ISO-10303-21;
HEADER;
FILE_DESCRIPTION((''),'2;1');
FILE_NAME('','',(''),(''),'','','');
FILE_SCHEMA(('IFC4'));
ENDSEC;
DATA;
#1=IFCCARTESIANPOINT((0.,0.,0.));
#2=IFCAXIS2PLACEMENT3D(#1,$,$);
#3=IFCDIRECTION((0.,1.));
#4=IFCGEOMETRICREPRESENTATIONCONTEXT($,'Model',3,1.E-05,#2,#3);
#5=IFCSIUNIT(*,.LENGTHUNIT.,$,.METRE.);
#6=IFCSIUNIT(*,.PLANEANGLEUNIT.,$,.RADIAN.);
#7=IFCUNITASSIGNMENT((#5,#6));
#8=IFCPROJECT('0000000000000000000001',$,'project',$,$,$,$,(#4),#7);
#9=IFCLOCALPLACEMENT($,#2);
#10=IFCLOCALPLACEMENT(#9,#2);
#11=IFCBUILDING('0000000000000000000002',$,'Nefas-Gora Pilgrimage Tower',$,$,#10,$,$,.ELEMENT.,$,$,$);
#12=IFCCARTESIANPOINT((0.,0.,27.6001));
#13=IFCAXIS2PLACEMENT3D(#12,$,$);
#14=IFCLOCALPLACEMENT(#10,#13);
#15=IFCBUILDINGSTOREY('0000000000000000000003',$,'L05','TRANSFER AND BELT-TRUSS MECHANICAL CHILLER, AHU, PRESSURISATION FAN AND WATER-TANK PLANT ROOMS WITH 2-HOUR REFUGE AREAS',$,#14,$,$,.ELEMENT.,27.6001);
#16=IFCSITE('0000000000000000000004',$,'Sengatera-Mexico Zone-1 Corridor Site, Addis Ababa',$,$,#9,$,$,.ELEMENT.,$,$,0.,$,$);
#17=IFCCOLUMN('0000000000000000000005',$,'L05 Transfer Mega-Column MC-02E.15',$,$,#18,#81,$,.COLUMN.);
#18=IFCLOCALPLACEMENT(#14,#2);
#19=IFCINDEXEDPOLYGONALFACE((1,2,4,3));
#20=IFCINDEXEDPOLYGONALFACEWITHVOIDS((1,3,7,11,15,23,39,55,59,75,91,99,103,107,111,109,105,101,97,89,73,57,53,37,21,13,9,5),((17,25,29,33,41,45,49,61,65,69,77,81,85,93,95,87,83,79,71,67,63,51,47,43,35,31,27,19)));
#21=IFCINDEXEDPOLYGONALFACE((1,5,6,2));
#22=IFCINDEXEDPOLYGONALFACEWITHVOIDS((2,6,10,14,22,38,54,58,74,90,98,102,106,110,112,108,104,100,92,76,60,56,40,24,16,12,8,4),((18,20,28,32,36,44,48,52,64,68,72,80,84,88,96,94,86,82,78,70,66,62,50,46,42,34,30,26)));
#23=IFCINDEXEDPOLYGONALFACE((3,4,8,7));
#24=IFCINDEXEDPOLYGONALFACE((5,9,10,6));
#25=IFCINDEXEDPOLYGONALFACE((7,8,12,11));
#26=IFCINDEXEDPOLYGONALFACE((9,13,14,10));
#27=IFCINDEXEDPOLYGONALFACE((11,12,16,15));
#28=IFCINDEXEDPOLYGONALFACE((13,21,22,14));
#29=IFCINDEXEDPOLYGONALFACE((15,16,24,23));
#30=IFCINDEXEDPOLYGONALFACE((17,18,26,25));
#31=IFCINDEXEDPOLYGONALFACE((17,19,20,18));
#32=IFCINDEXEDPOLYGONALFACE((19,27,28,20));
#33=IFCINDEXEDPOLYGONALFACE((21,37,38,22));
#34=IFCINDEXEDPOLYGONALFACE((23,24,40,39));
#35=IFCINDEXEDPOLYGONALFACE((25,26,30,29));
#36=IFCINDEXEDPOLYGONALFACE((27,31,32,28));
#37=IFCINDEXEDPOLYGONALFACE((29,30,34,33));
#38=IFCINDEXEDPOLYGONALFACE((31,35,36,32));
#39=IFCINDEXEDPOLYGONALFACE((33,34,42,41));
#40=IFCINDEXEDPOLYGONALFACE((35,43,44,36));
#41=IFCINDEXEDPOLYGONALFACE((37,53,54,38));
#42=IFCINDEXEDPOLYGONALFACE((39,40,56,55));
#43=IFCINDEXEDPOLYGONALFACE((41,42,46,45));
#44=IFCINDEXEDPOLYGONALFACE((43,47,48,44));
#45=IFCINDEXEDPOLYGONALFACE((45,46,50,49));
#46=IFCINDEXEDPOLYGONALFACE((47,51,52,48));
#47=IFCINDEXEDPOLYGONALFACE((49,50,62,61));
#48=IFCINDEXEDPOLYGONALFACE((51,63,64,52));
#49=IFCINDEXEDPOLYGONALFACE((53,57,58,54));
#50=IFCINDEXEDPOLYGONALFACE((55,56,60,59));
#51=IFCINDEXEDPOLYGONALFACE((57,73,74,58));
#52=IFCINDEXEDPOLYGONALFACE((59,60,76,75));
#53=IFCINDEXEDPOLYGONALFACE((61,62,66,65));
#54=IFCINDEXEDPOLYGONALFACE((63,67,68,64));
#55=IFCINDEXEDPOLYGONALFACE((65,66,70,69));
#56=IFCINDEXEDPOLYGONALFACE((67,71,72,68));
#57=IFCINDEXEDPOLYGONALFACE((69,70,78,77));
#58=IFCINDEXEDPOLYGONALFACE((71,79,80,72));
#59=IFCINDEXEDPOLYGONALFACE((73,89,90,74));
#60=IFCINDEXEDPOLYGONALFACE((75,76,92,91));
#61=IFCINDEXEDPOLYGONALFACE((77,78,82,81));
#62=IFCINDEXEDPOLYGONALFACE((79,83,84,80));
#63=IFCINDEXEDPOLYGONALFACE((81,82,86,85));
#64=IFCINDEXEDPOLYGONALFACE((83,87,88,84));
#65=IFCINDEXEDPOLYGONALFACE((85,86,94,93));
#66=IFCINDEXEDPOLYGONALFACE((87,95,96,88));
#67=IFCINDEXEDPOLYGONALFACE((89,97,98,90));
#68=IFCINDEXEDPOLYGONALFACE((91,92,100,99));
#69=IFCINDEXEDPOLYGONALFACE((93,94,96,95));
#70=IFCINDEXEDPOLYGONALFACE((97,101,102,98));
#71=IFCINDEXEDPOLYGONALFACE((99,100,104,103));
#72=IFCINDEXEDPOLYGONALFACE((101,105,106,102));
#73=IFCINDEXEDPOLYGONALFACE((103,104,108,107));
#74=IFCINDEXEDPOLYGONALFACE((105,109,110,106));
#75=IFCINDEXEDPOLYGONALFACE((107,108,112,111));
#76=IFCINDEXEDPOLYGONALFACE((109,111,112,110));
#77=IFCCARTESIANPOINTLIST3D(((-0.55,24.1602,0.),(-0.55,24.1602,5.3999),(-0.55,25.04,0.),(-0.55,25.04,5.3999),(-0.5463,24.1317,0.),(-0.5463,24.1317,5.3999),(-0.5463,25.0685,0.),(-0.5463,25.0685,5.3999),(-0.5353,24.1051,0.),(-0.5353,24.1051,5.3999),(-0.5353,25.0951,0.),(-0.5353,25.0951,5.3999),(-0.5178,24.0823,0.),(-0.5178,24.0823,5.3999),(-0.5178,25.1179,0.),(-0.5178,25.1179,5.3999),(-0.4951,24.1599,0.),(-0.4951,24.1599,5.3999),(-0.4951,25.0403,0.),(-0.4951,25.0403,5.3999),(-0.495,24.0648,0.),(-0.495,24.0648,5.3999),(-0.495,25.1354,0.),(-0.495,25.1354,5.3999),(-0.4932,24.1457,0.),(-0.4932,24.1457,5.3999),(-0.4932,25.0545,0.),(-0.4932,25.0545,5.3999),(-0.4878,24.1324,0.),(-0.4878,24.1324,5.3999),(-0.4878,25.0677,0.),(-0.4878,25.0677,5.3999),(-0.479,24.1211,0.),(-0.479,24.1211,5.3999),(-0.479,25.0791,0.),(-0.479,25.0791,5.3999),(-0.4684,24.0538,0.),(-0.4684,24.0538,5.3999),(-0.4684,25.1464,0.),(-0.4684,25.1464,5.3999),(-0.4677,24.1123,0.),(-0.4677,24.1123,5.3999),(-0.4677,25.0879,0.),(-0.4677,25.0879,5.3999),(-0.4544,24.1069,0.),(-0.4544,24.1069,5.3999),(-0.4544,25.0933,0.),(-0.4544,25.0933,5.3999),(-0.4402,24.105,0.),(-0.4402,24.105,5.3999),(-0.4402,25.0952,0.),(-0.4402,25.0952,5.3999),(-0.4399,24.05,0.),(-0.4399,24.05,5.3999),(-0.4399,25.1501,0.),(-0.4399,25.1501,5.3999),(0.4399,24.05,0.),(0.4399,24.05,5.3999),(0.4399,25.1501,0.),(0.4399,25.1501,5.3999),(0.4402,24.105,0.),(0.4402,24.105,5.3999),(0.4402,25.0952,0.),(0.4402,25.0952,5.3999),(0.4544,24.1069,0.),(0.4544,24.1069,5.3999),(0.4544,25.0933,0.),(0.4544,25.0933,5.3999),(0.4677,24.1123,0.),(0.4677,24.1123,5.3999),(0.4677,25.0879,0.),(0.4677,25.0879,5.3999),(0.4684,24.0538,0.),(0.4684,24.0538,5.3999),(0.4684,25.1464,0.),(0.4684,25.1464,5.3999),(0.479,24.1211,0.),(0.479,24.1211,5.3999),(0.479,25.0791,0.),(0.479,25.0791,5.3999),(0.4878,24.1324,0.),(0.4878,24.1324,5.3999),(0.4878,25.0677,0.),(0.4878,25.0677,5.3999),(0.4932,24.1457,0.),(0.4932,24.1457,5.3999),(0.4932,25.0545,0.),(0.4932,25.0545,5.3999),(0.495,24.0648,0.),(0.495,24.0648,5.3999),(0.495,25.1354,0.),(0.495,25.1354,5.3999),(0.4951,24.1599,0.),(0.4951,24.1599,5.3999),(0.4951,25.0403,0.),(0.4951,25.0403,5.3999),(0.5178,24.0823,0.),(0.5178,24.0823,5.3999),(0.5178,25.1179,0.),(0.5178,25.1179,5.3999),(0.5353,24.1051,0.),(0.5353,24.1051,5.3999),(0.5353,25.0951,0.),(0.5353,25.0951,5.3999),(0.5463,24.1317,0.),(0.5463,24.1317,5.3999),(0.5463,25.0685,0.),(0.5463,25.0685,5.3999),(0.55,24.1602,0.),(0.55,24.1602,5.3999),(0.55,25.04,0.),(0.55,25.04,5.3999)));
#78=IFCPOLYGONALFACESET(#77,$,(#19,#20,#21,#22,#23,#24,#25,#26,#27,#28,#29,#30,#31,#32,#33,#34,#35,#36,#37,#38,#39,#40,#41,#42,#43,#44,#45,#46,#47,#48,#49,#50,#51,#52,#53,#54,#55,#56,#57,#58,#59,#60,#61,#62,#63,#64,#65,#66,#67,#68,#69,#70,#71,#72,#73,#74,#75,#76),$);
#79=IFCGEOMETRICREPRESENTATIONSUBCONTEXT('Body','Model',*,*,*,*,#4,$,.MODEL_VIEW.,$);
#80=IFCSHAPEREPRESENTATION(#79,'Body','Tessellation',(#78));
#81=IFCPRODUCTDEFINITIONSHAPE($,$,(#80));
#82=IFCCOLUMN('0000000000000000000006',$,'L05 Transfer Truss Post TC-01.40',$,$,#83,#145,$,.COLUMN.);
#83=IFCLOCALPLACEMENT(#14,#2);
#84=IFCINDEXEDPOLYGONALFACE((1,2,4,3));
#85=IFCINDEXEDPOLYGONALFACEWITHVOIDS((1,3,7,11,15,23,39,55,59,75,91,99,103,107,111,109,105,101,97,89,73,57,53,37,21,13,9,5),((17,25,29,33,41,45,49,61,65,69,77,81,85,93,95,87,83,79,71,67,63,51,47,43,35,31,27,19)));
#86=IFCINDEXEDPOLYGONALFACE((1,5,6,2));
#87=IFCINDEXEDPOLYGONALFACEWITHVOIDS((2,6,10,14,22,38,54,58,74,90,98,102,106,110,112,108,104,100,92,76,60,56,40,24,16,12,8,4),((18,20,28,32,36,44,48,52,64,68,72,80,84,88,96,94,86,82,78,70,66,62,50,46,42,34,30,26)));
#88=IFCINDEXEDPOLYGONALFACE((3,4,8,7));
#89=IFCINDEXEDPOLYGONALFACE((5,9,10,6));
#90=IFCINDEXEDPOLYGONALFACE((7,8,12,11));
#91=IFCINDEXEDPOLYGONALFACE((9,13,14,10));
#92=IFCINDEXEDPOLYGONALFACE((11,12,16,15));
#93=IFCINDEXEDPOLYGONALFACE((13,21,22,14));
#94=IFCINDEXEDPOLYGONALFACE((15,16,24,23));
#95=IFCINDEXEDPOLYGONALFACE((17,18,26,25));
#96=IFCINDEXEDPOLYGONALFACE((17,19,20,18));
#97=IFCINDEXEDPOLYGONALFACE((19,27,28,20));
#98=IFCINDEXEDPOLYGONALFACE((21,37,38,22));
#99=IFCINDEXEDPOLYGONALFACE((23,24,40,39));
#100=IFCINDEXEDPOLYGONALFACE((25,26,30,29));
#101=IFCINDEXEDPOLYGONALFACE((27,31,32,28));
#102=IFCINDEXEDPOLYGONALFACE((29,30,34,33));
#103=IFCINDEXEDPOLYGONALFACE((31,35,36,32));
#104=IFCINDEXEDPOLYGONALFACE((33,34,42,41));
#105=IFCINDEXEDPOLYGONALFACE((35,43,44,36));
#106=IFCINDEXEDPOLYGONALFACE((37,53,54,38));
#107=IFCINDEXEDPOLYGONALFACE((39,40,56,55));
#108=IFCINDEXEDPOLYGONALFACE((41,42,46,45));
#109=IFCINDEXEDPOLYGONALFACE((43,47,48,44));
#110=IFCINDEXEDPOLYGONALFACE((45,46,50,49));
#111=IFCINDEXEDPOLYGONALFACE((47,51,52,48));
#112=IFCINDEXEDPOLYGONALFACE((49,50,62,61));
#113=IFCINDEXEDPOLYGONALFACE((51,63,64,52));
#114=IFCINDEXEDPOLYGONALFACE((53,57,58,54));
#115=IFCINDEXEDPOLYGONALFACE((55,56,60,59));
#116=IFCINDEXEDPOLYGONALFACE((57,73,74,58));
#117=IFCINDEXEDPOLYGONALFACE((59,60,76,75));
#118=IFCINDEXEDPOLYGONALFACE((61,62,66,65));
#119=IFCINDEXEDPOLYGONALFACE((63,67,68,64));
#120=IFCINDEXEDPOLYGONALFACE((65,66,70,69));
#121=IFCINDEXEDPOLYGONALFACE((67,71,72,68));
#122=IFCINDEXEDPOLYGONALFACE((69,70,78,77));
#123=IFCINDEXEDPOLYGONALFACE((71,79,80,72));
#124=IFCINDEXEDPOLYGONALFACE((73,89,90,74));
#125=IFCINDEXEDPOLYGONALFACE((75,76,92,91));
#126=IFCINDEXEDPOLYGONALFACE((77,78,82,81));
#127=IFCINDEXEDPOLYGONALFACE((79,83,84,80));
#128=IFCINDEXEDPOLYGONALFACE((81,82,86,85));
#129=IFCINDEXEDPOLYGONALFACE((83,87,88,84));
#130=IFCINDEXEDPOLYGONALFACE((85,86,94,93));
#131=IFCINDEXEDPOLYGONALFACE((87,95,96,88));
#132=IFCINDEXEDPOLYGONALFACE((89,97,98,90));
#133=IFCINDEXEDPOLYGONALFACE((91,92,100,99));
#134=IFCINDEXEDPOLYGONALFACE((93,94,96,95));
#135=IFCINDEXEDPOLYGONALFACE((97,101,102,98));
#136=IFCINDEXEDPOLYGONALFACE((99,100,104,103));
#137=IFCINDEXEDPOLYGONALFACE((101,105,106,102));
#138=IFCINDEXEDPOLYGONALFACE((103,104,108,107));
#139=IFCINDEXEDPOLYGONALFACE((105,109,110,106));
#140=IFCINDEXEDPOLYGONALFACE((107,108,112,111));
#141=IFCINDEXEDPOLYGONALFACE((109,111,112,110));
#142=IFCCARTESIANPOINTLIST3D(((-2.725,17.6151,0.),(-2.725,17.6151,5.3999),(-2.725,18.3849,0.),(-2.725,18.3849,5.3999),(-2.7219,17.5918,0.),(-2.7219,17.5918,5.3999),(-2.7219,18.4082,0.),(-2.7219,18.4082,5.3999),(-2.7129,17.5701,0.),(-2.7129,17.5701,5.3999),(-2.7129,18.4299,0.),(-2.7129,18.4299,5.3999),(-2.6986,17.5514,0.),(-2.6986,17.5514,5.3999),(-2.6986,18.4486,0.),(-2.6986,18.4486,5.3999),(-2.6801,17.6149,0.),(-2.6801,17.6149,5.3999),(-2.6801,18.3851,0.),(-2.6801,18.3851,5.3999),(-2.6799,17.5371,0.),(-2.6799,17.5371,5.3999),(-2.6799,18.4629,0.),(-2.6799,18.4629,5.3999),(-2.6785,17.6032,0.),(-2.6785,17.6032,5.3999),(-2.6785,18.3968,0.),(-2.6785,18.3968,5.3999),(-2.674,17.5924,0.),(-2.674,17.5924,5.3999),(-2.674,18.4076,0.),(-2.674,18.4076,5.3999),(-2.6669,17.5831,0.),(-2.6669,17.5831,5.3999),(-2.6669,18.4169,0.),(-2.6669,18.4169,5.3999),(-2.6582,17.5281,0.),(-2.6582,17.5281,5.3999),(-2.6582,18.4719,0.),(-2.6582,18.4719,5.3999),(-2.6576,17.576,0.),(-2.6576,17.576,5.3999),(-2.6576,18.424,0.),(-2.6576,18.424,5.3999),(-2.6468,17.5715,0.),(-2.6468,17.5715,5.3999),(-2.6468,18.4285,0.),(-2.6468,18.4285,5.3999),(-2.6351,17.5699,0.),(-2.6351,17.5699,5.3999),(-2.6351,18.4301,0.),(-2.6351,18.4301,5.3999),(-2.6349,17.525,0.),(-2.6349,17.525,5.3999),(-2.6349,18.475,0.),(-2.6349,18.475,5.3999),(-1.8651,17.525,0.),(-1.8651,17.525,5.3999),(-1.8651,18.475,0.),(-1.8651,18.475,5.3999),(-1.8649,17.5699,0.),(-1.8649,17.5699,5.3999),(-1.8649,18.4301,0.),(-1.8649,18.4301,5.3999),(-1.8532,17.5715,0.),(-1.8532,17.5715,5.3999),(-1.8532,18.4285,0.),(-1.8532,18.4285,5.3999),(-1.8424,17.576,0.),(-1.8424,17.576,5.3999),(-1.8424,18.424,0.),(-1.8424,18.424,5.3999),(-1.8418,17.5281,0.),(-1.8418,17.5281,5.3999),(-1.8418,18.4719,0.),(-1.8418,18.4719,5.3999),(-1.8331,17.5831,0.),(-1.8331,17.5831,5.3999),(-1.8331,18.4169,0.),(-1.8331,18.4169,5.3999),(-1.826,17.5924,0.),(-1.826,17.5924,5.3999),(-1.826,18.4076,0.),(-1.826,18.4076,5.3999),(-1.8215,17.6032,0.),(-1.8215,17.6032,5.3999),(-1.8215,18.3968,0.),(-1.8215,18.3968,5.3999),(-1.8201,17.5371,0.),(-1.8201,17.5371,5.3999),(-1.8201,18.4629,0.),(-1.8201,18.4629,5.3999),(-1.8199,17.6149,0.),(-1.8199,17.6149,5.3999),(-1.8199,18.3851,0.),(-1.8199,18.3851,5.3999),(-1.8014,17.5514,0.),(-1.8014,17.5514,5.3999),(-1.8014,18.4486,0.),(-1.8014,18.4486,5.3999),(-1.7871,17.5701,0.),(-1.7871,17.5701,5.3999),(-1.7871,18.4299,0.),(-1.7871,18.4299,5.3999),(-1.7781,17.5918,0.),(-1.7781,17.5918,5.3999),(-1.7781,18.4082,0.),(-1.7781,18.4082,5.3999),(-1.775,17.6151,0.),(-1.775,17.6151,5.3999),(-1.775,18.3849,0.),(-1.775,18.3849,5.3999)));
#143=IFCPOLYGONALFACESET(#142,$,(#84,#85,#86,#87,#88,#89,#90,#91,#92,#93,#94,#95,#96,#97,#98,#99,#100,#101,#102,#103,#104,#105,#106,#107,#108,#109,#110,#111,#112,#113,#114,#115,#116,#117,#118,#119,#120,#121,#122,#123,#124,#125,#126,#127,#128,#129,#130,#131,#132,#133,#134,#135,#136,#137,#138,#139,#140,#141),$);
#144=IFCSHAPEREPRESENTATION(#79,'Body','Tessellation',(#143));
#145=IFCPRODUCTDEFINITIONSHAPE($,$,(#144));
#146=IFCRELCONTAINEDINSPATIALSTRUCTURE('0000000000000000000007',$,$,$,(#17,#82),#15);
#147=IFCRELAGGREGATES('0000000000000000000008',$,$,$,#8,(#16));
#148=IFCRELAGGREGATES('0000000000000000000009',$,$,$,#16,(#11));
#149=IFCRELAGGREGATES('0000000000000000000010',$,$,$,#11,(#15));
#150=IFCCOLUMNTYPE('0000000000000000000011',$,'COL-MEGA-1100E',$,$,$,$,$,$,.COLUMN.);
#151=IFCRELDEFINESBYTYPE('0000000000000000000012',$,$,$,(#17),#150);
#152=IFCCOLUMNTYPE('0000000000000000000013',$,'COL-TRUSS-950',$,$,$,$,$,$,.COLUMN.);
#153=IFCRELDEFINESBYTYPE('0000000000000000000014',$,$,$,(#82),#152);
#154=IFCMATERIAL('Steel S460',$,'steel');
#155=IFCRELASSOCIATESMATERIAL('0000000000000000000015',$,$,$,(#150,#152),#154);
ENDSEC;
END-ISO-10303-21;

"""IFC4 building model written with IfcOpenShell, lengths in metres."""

from ifc_helpers import new_model, si_unit, direction, frame, origin, origin_2d, place, context, subcontext, project, spatial, hollow_rectangle, extrude, source, transform, mapped, material, material_profile, profile_set, type_object, element, save


model = new_model("IFC4")

# Units and contexts
model_context = context("Model", 3, precision=1e-05, world=origin(), true_north=direction((0.0, 1.0)))
body_context = subcontext(model_context, "Body", "Model", "MODEL_VIEW")
ifc_project = project(units=[si_unit("LENGTHUNIT", "METRE"), si_unit("PLANEANGLEUNIT", "RADIAN")], contexts=[model_context])

# Site, building, storey
site_placement = place(None, origin())
site = spatial("IfcSite", under=ifc_project, at=site_placement, Name="Sengatera-Mexico Zone-1 Corridor Site, Addis Ababa", CompositionType="ELEMENT", RefElevation=0.0)
building_placement = place(site_placement, origin())
building = spatial("IfcBuilding", under=site, at=building_placement, Name="Nefas-Gora Pilgrimage Tower", CompositionType="ELEMENT")
storey_placement = place(building_placement, frame((0.0, 0.0, 27.6001)))
storey = spatial("IfcBuildingStorey", under=building, at=storey_placement, Name="L05", Description="TRANSFER AND BELT-TRUSS MECHANICAL CHILLER, AHU, PRESSURISATION FAN AND WATER-TANK PLANT ROOMS WITH 2-HOUR REFUGE AREAS", CompositionType="ELEMENT", Elevation=27.6001)

# Columns
ifc_material = material(Name="Steel S460", Category="steel")
ifc_material_profile_1 = material_profile(ifc_material, hollow_rectangle(XDim=1.1001, YDim=1.1001, WallThickness=0.0549, InnerFilletRadius=0.0549, OuterFilletRadius=0.1101, at=origin_2d()), Name="BOX 1100x1100x55")
ifc_profile_set_1 = profile_set([ifc_material_profile_1], Name="Steel S460")
column_type_1 = type_object("IfcColumnType", Name="COL-MEGA-1100E", PredefinedType="COLUMN", material=ifc_profile_set_1)
shared_shape_1 = source(origin(), body_context, "Body", "SweptSolid", [
    extrude(hollow_rectangle(XDim=1.1001, YDim=1.1001, WallThickness=0.0549, InnerFilletRadius=0.0549, OuterFilletRadius=0.1101, at=origin_2d()), origin(), (0.0, 0.0, 1.0), 5.3999),
])
column_placement = place(storey_placement, frame((0.0, 24.6001, 0.0), z_axis=(0.0, 0.0, 1.0), x_axis=(1.0, 0.0, 0.0)))
element("IfcColumn", 1, at=column_placement, inside=storey, type_object=column_type_1, Name="L05 Transfer Mega-Column MC-02E.15", PredefinedType="COLUMN", context=body_context, shape_type="MappedRepresentation", body=[
    mapped(shared_shape_1, transform((0.0, 0.0, 0.0), x_axis=(1.0, 0.0, 0.0), y_axis=(0.0, 1.0, 0.0), z_axis=(0.0, 0.0, 1.0), scale=1.0)),
])
ifc_material_profile_2 = material_profile(ifc_material, hollow_rectangle(XDim=0.95, YDim=0.95, WallThickness=0.0449, InnerFilletRadius=0.0449, OuterFilletRadius=0.0901, at=origin_2d()), Name="BOX 950x950x45")
ifc_profile_set_2 = profile_set([ifc_material_profile_2], Name="Steel S460")
column_type_2 = type_object("IfcColumnType", Name="COL-TRUSS-950", PredefinedType="COLUMN", material=ifc_profile_set_2)
shared_shape_2 = source(origin(), body_context, "Body", "SweptSolid", [
    extrude(hollow_rectangle(XDim=0.95, YDim=0.95, WallThickness=0.0449, InnerFilletRadius=0.0449, OuterFilletRadius=0.0901, at=origin_2d()), origin(), (0.0, 0.0, 1.0), 5.3999),
])
for number, where, z_axis, x_axis, name in (
    (2, (-2.25, 18.0, 0.0), (0.0, 0.0, 1.0), (1.0, 0.0, 0.0), "L05 Transfer Truss Post TC-01.40"),
):
    element("IfcColumn", number, at=place(storey_placement, frame(where, z_axis=z_axis, x_axis=x_axis)), inside=storey, type_object=column_type_2, Name=name, PredefinedType="COLUMN", context=body_context, shape_type="MappedRepresentation", body=[
        mapped(shared_shape_2, transform((0.0, 0.0, 0.0), x_axis=(1.0, 0.0, 0.0), y_axis=(0.0, 1.0, 0.0), z_axis=(0.0, 0.0, 1.0), scale=1.0)),
    ])

save(model, "model.ifc")
